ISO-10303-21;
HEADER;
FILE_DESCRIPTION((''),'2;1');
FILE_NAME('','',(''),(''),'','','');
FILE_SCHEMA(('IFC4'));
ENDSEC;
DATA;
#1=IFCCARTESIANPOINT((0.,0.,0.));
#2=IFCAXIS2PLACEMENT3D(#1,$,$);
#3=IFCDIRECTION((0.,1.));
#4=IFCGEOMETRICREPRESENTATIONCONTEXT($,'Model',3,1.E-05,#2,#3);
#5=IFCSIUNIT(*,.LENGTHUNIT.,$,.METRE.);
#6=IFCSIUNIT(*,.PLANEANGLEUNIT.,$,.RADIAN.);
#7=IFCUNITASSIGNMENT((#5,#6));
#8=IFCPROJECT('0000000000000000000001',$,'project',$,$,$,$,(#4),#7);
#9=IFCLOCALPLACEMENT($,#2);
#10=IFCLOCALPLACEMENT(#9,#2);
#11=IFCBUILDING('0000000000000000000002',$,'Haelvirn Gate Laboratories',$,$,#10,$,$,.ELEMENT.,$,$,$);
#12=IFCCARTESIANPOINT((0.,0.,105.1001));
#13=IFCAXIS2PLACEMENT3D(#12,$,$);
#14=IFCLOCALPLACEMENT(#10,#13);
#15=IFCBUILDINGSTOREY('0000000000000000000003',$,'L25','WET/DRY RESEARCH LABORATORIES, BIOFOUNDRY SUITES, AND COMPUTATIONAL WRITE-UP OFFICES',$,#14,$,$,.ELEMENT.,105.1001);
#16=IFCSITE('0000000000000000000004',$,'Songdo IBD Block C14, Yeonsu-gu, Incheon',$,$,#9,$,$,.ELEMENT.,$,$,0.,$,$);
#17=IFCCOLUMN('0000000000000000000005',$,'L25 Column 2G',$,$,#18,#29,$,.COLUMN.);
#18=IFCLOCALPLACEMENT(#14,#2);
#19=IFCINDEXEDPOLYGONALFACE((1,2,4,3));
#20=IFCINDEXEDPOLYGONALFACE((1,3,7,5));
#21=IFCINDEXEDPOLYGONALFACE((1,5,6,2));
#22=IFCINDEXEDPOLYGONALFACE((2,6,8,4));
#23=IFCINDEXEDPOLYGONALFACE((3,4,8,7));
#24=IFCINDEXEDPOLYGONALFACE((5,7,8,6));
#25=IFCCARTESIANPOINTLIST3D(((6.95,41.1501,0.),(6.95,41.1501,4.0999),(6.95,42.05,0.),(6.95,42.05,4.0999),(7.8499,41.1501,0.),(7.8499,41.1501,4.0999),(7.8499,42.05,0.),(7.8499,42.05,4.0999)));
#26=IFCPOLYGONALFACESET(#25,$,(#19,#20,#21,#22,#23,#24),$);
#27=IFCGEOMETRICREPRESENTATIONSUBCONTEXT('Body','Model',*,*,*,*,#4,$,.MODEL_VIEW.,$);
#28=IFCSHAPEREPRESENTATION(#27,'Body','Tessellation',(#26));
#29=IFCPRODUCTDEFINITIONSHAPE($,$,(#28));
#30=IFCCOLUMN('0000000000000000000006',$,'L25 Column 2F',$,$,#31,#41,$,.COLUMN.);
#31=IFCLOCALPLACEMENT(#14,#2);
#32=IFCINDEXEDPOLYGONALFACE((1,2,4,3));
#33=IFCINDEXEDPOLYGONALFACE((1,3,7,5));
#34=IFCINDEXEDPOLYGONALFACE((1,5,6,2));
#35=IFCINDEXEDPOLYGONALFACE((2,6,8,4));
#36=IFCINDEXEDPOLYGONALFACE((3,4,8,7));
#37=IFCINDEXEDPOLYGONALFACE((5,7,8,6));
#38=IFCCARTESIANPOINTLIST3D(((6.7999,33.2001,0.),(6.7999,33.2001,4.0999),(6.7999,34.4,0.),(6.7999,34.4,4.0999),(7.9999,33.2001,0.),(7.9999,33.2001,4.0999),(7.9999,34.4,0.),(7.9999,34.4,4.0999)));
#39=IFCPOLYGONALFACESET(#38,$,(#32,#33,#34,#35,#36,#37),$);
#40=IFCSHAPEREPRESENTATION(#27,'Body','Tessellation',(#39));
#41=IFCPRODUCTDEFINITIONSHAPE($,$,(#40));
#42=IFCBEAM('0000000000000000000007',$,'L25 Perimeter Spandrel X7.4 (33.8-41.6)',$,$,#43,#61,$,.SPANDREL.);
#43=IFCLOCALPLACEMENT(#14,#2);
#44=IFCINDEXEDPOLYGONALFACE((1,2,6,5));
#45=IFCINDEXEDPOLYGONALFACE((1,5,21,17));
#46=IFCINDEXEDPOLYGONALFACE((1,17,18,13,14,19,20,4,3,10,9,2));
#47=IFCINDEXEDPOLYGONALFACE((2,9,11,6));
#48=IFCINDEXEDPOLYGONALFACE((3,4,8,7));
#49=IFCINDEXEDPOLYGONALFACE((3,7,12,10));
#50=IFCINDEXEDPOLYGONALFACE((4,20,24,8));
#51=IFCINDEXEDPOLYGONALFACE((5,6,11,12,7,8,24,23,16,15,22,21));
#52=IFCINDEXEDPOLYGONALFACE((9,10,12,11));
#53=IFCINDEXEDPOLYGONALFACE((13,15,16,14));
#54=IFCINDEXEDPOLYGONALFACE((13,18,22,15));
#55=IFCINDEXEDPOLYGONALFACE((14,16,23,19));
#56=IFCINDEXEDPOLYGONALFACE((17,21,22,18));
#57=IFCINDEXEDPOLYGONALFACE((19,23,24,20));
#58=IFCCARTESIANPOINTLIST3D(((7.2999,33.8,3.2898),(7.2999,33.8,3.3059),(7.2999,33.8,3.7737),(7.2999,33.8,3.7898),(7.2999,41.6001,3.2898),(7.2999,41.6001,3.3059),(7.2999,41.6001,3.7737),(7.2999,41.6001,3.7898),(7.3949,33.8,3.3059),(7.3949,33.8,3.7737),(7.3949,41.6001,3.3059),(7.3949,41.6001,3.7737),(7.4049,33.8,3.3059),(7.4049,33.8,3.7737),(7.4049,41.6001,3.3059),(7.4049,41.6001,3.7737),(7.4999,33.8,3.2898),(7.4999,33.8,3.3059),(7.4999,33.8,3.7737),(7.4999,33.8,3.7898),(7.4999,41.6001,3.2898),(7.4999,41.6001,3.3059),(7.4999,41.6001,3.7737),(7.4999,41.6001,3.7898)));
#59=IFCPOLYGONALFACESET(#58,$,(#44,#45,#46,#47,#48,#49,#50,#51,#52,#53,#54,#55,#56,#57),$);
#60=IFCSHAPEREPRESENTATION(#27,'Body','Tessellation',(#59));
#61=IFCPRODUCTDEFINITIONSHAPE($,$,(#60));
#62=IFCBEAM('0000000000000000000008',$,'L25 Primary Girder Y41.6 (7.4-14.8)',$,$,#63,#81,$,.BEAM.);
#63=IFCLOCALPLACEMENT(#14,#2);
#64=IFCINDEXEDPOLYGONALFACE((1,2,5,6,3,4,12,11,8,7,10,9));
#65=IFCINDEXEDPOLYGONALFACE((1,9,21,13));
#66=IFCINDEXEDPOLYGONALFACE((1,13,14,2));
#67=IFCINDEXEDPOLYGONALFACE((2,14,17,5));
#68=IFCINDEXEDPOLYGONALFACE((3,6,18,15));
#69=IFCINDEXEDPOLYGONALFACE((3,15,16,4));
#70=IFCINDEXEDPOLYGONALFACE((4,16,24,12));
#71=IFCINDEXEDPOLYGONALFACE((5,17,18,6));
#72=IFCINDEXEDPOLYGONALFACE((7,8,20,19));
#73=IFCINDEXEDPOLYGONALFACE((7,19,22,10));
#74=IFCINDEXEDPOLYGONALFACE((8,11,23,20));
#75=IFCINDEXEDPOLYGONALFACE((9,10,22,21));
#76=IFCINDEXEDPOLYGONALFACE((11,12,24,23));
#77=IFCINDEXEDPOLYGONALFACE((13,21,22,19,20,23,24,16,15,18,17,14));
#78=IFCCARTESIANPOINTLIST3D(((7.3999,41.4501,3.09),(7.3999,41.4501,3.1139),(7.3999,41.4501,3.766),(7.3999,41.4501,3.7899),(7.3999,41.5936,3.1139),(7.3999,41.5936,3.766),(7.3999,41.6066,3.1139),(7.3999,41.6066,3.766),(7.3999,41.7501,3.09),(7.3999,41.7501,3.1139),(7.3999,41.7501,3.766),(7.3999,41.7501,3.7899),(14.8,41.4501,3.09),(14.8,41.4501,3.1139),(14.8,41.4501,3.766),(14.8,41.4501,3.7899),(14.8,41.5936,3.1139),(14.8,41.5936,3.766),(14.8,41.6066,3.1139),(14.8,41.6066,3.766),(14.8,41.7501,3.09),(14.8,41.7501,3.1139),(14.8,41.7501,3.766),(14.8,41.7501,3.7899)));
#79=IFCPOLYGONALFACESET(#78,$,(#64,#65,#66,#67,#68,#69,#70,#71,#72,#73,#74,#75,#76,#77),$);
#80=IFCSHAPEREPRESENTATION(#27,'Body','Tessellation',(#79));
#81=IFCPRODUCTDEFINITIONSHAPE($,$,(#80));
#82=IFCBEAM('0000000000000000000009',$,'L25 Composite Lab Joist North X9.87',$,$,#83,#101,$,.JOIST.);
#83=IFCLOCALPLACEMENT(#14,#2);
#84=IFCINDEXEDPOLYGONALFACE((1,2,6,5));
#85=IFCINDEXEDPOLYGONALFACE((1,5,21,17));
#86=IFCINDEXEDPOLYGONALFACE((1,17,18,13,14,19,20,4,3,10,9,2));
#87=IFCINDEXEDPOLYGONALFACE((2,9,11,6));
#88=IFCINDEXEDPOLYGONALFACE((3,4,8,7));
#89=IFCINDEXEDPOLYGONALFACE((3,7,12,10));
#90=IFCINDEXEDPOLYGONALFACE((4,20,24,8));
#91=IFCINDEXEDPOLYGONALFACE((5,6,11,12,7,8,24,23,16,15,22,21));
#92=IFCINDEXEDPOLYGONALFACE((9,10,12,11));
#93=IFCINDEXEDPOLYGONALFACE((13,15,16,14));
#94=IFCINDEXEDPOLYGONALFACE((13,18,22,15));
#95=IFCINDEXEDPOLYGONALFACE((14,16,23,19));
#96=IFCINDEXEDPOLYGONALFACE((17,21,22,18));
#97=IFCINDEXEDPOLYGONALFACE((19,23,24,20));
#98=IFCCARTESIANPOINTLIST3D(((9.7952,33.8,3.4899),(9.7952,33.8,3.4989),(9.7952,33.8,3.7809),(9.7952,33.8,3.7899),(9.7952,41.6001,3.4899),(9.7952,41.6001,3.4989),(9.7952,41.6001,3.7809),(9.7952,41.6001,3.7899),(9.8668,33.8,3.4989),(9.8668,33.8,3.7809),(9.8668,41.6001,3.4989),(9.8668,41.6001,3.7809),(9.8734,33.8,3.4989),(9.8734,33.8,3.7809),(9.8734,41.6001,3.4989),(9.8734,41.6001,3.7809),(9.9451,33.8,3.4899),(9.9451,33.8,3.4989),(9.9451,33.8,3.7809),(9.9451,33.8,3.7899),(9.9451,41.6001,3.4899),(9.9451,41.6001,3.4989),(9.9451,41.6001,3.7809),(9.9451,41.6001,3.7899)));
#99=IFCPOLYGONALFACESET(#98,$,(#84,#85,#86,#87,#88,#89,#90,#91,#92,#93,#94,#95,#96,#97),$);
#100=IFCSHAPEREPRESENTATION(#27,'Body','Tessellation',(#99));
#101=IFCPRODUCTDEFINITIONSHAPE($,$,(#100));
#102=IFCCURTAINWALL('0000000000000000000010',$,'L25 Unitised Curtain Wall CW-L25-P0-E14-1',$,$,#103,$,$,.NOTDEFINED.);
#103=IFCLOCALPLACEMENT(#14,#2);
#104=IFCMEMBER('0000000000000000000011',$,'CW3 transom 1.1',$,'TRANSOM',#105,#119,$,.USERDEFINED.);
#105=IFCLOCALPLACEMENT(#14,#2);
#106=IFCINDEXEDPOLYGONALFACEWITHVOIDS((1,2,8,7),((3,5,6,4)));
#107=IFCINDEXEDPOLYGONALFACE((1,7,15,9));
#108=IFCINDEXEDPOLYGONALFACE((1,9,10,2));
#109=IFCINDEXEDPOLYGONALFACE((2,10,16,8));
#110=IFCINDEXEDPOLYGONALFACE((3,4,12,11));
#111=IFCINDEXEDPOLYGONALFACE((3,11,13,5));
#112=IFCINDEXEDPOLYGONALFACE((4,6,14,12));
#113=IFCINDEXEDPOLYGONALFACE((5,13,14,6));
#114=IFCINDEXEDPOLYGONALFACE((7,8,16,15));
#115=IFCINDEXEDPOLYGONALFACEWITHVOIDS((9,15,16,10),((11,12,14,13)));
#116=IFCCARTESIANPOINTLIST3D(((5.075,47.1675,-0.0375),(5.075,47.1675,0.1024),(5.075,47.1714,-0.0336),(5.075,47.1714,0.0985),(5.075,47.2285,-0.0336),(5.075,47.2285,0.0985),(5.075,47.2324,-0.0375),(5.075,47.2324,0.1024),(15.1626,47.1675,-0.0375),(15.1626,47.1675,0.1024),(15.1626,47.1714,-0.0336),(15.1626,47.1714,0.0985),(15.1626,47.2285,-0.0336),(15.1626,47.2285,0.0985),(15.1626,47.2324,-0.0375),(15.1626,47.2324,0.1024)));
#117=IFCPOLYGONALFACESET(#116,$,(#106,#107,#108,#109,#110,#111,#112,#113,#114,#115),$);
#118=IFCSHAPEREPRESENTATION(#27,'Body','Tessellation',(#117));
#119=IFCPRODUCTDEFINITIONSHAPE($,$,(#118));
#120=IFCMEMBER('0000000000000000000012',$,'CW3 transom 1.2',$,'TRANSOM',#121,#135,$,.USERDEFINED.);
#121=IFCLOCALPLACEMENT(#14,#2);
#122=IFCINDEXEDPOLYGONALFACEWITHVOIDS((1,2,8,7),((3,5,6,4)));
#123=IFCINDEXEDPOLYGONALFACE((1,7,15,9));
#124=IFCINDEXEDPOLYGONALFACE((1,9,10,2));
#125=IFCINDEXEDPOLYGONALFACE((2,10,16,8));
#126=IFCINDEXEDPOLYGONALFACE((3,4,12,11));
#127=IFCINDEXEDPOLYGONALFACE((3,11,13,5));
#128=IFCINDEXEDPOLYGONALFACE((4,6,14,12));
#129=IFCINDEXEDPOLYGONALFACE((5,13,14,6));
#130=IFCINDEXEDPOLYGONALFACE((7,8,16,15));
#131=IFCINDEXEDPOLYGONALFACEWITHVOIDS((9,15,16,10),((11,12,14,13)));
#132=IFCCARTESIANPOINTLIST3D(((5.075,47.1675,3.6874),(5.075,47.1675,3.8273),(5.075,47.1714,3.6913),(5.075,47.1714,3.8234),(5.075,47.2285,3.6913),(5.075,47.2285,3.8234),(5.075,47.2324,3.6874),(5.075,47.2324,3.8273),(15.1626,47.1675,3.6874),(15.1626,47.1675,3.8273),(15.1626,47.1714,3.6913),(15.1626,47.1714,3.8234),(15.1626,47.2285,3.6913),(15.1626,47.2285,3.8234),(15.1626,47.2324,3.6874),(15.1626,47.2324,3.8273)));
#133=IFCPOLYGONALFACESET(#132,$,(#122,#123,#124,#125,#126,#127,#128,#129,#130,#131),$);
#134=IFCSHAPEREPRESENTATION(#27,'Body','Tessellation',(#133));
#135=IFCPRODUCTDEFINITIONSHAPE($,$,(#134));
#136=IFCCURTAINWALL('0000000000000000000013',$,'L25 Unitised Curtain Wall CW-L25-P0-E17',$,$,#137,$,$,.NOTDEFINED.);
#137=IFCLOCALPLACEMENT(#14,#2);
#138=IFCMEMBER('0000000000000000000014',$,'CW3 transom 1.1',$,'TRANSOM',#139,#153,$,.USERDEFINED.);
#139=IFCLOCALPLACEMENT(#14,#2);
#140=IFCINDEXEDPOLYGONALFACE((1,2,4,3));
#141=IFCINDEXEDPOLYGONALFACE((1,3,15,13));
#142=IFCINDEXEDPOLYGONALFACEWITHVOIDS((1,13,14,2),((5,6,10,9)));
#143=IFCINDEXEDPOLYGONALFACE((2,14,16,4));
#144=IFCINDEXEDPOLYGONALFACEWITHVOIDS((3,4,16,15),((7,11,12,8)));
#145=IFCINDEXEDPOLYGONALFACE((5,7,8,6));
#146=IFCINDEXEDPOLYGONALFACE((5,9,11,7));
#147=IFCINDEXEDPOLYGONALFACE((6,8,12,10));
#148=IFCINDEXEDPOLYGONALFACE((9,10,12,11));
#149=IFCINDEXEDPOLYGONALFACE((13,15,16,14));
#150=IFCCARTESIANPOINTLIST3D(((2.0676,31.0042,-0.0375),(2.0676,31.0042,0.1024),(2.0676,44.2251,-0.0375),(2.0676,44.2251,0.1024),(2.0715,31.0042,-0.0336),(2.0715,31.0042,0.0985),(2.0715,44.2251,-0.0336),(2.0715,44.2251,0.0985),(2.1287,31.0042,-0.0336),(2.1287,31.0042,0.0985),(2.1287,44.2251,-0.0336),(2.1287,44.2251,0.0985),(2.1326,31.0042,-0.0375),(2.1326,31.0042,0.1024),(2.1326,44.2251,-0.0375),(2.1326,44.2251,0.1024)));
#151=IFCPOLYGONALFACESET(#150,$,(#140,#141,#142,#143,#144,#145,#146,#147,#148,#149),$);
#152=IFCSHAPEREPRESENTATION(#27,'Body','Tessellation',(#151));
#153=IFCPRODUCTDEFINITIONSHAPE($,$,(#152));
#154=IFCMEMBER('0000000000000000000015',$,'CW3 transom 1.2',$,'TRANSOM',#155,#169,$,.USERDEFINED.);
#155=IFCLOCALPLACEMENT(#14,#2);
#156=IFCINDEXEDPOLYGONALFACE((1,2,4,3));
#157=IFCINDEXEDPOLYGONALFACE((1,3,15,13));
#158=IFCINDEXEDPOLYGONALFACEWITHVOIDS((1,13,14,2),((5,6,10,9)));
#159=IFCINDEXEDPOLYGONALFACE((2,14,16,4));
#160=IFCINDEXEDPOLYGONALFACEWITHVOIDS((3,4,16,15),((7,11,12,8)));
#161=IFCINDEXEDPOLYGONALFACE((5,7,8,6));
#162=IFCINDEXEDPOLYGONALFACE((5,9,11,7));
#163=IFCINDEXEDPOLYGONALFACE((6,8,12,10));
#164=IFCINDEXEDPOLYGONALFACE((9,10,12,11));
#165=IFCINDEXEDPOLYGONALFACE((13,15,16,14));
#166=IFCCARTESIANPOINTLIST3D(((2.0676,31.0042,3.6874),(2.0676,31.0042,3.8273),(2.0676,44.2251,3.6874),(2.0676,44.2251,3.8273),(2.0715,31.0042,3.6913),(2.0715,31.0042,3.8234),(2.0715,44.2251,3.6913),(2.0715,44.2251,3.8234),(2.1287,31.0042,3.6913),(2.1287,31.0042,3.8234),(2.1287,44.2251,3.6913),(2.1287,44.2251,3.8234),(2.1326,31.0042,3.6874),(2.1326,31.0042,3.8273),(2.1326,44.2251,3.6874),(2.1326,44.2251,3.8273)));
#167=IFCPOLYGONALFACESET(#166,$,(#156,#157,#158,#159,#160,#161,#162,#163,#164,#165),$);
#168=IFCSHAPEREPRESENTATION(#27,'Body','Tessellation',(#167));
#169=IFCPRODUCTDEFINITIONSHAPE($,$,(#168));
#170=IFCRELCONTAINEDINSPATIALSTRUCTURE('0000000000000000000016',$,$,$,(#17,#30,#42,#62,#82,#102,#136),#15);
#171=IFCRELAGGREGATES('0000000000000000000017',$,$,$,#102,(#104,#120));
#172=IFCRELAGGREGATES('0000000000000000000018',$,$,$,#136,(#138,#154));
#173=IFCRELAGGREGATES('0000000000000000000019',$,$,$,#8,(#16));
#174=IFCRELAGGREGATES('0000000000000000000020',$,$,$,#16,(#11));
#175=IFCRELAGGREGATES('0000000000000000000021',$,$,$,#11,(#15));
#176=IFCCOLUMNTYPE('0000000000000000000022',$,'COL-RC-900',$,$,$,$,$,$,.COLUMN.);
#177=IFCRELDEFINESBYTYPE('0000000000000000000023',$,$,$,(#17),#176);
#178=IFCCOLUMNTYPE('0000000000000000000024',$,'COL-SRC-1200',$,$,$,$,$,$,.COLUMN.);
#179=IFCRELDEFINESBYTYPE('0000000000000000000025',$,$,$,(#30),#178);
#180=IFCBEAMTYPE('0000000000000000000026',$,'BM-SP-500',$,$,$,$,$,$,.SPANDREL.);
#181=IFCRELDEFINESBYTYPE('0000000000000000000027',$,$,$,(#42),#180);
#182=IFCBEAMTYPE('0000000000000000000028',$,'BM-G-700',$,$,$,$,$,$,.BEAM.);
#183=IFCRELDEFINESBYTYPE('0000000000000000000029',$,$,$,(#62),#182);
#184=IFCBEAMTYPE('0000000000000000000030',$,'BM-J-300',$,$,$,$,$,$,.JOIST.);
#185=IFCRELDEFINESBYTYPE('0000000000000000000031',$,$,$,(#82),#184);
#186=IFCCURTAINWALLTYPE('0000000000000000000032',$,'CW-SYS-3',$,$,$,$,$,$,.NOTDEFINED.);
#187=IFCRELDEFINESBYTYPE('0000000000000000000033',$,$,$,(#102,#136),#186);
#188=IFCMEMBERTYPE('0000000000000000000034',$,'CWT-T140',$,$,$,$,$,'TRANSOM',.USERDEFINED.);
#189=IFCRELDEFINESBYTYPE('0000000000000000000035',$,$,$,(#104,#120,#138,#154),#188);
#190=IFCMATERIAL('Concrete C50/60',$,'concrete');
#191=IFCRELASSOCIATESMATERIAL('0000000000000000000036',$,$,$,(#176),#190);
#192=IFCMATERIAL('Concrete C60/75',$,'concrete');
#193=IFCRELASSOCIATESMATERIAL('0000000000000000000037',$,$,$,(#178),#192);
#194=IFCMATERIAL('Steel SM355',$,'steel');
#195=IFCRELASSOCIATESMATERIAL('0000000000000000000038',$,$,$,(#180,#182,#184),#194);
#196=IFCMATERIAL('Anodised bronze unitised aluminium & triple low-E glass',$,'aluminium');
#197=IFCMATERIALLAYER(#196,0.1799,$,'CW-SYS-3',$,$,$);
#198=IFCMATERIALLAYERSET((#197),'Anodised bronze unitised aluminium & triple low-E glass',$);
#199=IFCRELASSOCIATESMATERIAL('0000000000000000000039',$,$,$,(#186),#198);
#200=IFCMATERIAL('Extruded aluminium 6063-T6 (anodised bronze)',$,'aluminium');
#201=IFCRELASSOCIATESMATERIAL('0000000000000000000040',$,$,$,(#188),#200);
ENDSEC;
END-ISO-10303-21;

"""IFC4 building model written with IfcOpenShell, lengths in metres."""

from ifc_helpers import new_model, si_unit, direction, frame, origin, origin_2d, place, context, subcontext, project, spatial, rectangle, hollow_rectangle, i_section, extrude, source, transform, mapped, material, layer, layer_set, material_profile, profile_set, type_object, type_shapes, element, aggregate, save


model = new_model("IFC4")

# Units and contexts
model_context = context("Model", 3, precision=1e-05, world=origin(), true_north=direction((0.0, 1.0)))
body_context = subcontext(model_context, "Body", "Model", "MODEL_VIEW")
ifc_project = project(units=[si_unit("LENGTHUNIT", "METRE"), si_unit("PLANEANGLEUNIT", "RADIAN")], contexts=[model_context])

# Site, building, storey
site_placement = place(None, origin())
site = spatial("IfcSite", under=ifc_project, at=site_placement, Name="Songdo IBD Block C14, Yeonsu-gu, Incheon", CompositionType="ELEMENT", RefElevation=0.0)
building_placement = place(site_placement, origin())
building = spatial("IfcBuilding", under=site, at=building_placement, Name="Haelvirn Gate Laboratories", CompositionType="ELEMENT")
storey_placement = place(building_placement, frame((0.0, 0.0, 105.1001)))
storey = spatial("IfcBuildingStorey", under=building, at=storey_placement, Name="L25", Description="WET/DRY RESEARCH LABORATORIES, BIOFOUNDRY SUITES, AND COMPUTATIONAL WRITE-UP OFFICES", CompositionType="ELEMENT", Elevation=105.1001)

# Columns
ifc_material_1 = material(Name="Concrete C50/60", Category="concrete")
ifc_material_profile_1 = material_profile(ifc_material_1, rectangle(XDim=0.8999, YDim=0.8999, at=origin_2d()), Name="RC-900x900")
ifc_profile_set_1 = profile_set([ifc_material_profile_1], Name="Concrete C50/60")
column_type_1 = type_object("IfcColumnType", Name="COL-RC-900", PredefinedType="COLUMN", material=ifc_profile_set_1)
shared_shape_1 = source(origin(), body_context, "Body", "SweptSolid", [
    extrude(rectangle(XDim=0.8999, YDim=0.8999, at=origin_2d()), origin(), (0.0, 0.0, 1.0), 4.0999),
])
type_shapes(column_type_1, [shared_shape_1])
column_1_placement = place(storey_placement, frame((7.3999, 41.6001, 0.0), z_axis=(0.0, 0.0, 1.0), x_axis=(1.0, 0.0, 0.0)))
element("IfcColumn", 1, at=column_1_placement, inside=storey, type_object=column_type_1, Name="L25 Column 2G", PredefinedType="COLUMN", context=body_context, shape_type="MappedRepresentation", body=[
    mapped(shared_shape_1, transform((0.0, 0.0, 0.0), scale=1.0)),
])
ifc_material_2 = material(Name="Concrete C60/75", Category="concrete")
ifc_material_profile_2 = material_profile(ifc_material_2, rectangle(XDim=1.2, YDim=1.2, at=origin_2d()), Name="SRC-1200x1200")
ifc_profile_set_2 = profile_set([ifc_material_profile_2], Name="Concrete C60/75")
column_type_2 = type_object("IfcColumnType", Name="COL-SRC-1200", PredefinedType="COLUMN", material=ifc_profile_set_2)
shared_shape_2 = source(origin(), body_context, "Body", "SweptSolid", [
    extrude(rectangle(XDim=1.2, YDim=1.2, at=origin_2d()), origin(), (0.0, 0.0, 1.0), 4.0999),
])
type_shapes(column_type_2, [shared_shape_2])
column_2_placement = place(storey_placement, frame((7.3999, 33.8, 0.0), z_axis=(0.0, 0.0, 1.0), x_axis=(1.0, 0.0, 0.0)))
element("IfcColumn", 2, at=column_2_placement, inside=storey, type_object=column_type_2, Name="L25 Column 2F", PredefinedType="COLUMN", context=body_context, shape_type="MappedRepresentation", body=[
    mapped(shared_shape_2, transform((0.0, 0.0, 0.0), scale=1.0)),
])

# Beams
ifc_material_3 = material(Name="Steel SM355", Category="steel")
ifc_material_profile_3 = material_profile(ifc_material_3, i_section(OverallWidth=0.2, OverallDepth=0.5, WebThickness=0.01, FlangeThickness=0.0161, at=origin_2d()), Name="H-500x200x10x16")
ifc_profile_set_3 = profile_set([ifc_material_profile_3], Name="Steel SM355")
beam_type_1 = type_object("IfcBeamType", Name="BM-SP-500", PredefinedType="SPANDREL", material=ifc_profile_set_3)
shared_shape_3 = source(origin(), body_context, "Body", "SweptSolid", [
    extrude(i_section(OverallWidth=0.2, OverallDepth=0.5, WebThickness=0.01, FlangeThickness=0.0161, at=origin_2d()), origin(), (0.0, 0.0, 1.0), 7.8),
])
type_shapes(beam_type_1, [shared_shape_3])
beam_1_placement = place(storey_placement, frame((7.3999, 33.8, 3.5398), z_axis=(0.0, 1.0, 0.0), x_axis=(-1.0, 0.0, 0.0)))
element("IfcBeam", 3, at=beam_1_placement, inside=storey, type_object=beam_type_1, Name="L25 Perimeter Spandrel X7.4 (33.8-41.6)", PredefinedType="SPANDREL", context=body_context, shape_type="MappedRepresentation", body=[
    mapped(shared_shape_3, transform((0.0, 0.0, 0.0), scale=1.0)),
])
ifc_material_profile_4 = material_profile(ifc_material_3, i_section(OverallWidth=0.3, OverallDepth=0.7, WebThickness=0.0129, FlangeThickness=0.0239, at=origin_2d()), Name="H-700x300x13x24")
ifc_profile_set_4 = profile_set([ifc_material_profile_4], Name="Steel SM355")
beam_type_2 = type_object("IfcBeamType", Name="BM-G-700", PredefinedType="BEAM", material=ifc_profile_set_4)
shared_shape_4 = source(origin(), body_context, "Body", "SweptSolid", [
    extrude(i_section(OverallWidth=0.3, OverallDepth=0.7, WebThickness=0.0129, FlangeThickness=0.0239, at=origin_2d()), origin(), (0.0, 0.0, 1.0), 7.4001),
])
type_shapes(beam_type_2, [shared_shape_4])
beam_2_placement = place(storey_placement, frame((7.3999, 41.6001, 3.4399), z_axis=(1.0, 0.0, 0.0), x_axis=(0.0, 1.0, 0.0)))
element("IfcBeam", 4, at=beam_2_placement, inside=storey, type_object=beam_type_2, Name="L25 Primary Girder Y41.6 (7.4-14.8)", PredefinedType="BEAM", context=body_context, shape_type="MappedRepresentation", body=[
    mapped(shared_shape_4, transform((0.0, 0.0, 0.0), scale=1.0)),
])
ifc_material_profile_5 = material_profile(ifc_material_3, i_section(OverallWidth=0.1499, OverallDepth=0.3, WebThickness=0.0066, FlangeThickness=0.009, at=origin_2d()), Name="H-300x150x6.5x9")
ifc_profile_set_5 = profile_set([ifc_material_profile_5], Name="Steel SM355")
beam_type_3 = type_object("IfcBeamType", Name="BM-J-300", PredefinedType="JOIST", material=ifc_profile_set_5)
shared_shape_5 = source(origin(), body_context, "Body", "SweptSolid", [
    extrude(i_section(OverallWidth=0.1499, OverallDepth=0.3, WebThickness=0.0066, FlangeThickness=0.009, at=origin_2d()), origin(), (0.0, 0.0, 1.0), 7.8),
])
type_shapes(beam_type_3, [shared_shape_5])
beam_3_placement = place(storey_placement, frame((9.8701, 33.8, 3.6399), z_axis=(0.0, 1.0, 0.0), x_axis=(-1.0, 0.0, 0.0)))
element("IfcBeam", 5, at=beam_3_placement, inside=storey, type_object=beam_type_3, Name="L25 Composite Lab Joist North X9.87", PredefinedType="JOIST", context=body_context, shape_type="MappedRepresentation", body=[
    mapped(shared_shape_5, transform((0.0, 0.0, 0.0), scale=1.0)),
])

# Curtain walls, members
ifc_material_4 = material(Name="Anodised bronze unitised aluminium & triple low-E glass", Category="aluminium")
ifc_layer_1 = layer(ifc_material_4, 0.1799, Name="CW-SYS-3")
ifc_layer_set_1 = layer_set([ifc_layer_1], Name="Anodised bronze unitised aluminium & triple low-E glass")
curtain_wall_type_1 = type_object("IfcCurtainWallType", Name="CW-SYS-3", PredefinedType="NOTDEFINED", material=ifc_layer_set_1)
curtain_wall_1_placement = place(storey_placement, origin())
curtain_wall_1 = element("IfcCurtainWall", 6, at=curtain_wall_1_placement, inside=storey, type_object=curtain_wall_type_1, Name="L25 Unitised Curtain Wall CW-L25-P0-E14-1", PredefinedType="NOTDEFINED")
ifc_material_5 = material(Name="Extruded aluminium 6063-T6 (anodised bronze)", Category="aluminium")
ifc_material_profile_6 = material_profile(ifc_material_5, hollow_rectangle(XDim=0.0649, YDim=0.1399, WallThickness=0.0039, at=origin_2d()), Name="CWT-140x65x4")
ifc_profile_set_6 = profile_set([ifc_material_profile_6], Name="Extruded aluminium 6063-T6 (anodised bronze)")
member_type_1 = type_object("IfcMemberType", Name="CWT-T140", ElementType="TRANSOM", PredefinedType="USERDEFINED", material=ifc_profile_set_6)
shared_shape_6 = source(origin(), body_context, "Body", "SweptSolid", [
    extrude(hollow_rectangle(XDim=0.0649, YDim=0.1399, WallThickness=0.0039, at=origin_2d()), origin(), (0.0, 0.0, 1.0), 10.0876),
])
member_1_placement = place(storey_placement, frame((5.075, 47.2, 0.0325), z_axis=(1.0, 0.0, 0.0), x_axis=(0.0, 1.0, 0.0)))
member_1 = element("IfcMember", 7, at=member_1_placement, type_object=member_type_1, Name="CW3 transom 1.1", ObjectType="TRANSOM", PredefinedType="USERDEFINED", context=body_context, shape_type="MappedRepresentation", body=[
    mapped(shared_shape_6, transform((0.0, 0.0, 0.0), scale=1.0)),
])
member_2_placement = place(storey_placement, frame((5.075, 47.2, 3.7573), z_axis=(1.0, 0.0, 0.0), x_axis=(0.0, 1.0, 0.0)))
member_2 = element("IfcMember", 8, at=member_2_placement, type_object=member_type_1, Name="CW3 transom 1.2", ObjectType="TRANSOM", PredefinedType="USERDEFINED", context=body_context, shape_type="MappedRepresentation", body=[
    mapped(shared_shape_6, transform((0.0, 0.0, 0.0), scale=1.0)),
])
curtain_wall_2_placement = place(storey_placement, origin())
curtain_wall_2 = element("IfcCurtainWall", 9, at=curtain_wall_2_placement, inside=storey, type_object=curtain_wall_type_1, Name="L25 Unitised Curtain Wall CW-L25-P0-E17", PredefinedType="NOTDEFINED")
shared_shape_7 = source(origin(), body_context, "Body", "SweptSolid", [
    extrude(hollow_rectangle(XDim=0.0649, YDim=0.1399, WallThickness=0.0039, at=origin_2d()), origin(), (0.0, 0.0, 1.0), 13.2209),
])
member_3_placement = place(storey_placement, frame((2.1001, 44.2251, 0.0325), z_axis=(0.0, -1.0, 0.0), x_axis=(1.0, 0.0, 0.0)))
member_3 = element("IfcMember", 10, at=member_3_placement, type_object=member_type_1, Name="CW3 transom 1.1", ObjectType="TRANSOM", PredefinedType="USERDEFINED", context=body_context, shape_type="MappedRepresentation", body=[
    mapped(shared_shape_7, transform((0.0, 0.0, 0.0), scale=1.0)),
])
member_4_placement = place(storey_placement, frame((2.1001, 44.2251, 3.7573), z_axis=(0.0, -1.0, 0.0), x_axis=(1.0, 0.0, 0.0)))
member_4 = element("IfcMember", 11, at=member_4_placement, type_object=member_type_1, Name="CW3 transom 1.2", ObjectType="TRANSOM", PredefinedType="USERDEFINED", context=body_context, shape_type="MappedRepresentation", body=[
    mapped(shared_shape_7, transform((0.0, 0.0, 0.0), scale=1.0)),
])

aggregate(curtain_wall_1, [member_1, member_2])
aggregate(curtain_wall_2, [member_3, member_4])

save(model, "model.ifc")
